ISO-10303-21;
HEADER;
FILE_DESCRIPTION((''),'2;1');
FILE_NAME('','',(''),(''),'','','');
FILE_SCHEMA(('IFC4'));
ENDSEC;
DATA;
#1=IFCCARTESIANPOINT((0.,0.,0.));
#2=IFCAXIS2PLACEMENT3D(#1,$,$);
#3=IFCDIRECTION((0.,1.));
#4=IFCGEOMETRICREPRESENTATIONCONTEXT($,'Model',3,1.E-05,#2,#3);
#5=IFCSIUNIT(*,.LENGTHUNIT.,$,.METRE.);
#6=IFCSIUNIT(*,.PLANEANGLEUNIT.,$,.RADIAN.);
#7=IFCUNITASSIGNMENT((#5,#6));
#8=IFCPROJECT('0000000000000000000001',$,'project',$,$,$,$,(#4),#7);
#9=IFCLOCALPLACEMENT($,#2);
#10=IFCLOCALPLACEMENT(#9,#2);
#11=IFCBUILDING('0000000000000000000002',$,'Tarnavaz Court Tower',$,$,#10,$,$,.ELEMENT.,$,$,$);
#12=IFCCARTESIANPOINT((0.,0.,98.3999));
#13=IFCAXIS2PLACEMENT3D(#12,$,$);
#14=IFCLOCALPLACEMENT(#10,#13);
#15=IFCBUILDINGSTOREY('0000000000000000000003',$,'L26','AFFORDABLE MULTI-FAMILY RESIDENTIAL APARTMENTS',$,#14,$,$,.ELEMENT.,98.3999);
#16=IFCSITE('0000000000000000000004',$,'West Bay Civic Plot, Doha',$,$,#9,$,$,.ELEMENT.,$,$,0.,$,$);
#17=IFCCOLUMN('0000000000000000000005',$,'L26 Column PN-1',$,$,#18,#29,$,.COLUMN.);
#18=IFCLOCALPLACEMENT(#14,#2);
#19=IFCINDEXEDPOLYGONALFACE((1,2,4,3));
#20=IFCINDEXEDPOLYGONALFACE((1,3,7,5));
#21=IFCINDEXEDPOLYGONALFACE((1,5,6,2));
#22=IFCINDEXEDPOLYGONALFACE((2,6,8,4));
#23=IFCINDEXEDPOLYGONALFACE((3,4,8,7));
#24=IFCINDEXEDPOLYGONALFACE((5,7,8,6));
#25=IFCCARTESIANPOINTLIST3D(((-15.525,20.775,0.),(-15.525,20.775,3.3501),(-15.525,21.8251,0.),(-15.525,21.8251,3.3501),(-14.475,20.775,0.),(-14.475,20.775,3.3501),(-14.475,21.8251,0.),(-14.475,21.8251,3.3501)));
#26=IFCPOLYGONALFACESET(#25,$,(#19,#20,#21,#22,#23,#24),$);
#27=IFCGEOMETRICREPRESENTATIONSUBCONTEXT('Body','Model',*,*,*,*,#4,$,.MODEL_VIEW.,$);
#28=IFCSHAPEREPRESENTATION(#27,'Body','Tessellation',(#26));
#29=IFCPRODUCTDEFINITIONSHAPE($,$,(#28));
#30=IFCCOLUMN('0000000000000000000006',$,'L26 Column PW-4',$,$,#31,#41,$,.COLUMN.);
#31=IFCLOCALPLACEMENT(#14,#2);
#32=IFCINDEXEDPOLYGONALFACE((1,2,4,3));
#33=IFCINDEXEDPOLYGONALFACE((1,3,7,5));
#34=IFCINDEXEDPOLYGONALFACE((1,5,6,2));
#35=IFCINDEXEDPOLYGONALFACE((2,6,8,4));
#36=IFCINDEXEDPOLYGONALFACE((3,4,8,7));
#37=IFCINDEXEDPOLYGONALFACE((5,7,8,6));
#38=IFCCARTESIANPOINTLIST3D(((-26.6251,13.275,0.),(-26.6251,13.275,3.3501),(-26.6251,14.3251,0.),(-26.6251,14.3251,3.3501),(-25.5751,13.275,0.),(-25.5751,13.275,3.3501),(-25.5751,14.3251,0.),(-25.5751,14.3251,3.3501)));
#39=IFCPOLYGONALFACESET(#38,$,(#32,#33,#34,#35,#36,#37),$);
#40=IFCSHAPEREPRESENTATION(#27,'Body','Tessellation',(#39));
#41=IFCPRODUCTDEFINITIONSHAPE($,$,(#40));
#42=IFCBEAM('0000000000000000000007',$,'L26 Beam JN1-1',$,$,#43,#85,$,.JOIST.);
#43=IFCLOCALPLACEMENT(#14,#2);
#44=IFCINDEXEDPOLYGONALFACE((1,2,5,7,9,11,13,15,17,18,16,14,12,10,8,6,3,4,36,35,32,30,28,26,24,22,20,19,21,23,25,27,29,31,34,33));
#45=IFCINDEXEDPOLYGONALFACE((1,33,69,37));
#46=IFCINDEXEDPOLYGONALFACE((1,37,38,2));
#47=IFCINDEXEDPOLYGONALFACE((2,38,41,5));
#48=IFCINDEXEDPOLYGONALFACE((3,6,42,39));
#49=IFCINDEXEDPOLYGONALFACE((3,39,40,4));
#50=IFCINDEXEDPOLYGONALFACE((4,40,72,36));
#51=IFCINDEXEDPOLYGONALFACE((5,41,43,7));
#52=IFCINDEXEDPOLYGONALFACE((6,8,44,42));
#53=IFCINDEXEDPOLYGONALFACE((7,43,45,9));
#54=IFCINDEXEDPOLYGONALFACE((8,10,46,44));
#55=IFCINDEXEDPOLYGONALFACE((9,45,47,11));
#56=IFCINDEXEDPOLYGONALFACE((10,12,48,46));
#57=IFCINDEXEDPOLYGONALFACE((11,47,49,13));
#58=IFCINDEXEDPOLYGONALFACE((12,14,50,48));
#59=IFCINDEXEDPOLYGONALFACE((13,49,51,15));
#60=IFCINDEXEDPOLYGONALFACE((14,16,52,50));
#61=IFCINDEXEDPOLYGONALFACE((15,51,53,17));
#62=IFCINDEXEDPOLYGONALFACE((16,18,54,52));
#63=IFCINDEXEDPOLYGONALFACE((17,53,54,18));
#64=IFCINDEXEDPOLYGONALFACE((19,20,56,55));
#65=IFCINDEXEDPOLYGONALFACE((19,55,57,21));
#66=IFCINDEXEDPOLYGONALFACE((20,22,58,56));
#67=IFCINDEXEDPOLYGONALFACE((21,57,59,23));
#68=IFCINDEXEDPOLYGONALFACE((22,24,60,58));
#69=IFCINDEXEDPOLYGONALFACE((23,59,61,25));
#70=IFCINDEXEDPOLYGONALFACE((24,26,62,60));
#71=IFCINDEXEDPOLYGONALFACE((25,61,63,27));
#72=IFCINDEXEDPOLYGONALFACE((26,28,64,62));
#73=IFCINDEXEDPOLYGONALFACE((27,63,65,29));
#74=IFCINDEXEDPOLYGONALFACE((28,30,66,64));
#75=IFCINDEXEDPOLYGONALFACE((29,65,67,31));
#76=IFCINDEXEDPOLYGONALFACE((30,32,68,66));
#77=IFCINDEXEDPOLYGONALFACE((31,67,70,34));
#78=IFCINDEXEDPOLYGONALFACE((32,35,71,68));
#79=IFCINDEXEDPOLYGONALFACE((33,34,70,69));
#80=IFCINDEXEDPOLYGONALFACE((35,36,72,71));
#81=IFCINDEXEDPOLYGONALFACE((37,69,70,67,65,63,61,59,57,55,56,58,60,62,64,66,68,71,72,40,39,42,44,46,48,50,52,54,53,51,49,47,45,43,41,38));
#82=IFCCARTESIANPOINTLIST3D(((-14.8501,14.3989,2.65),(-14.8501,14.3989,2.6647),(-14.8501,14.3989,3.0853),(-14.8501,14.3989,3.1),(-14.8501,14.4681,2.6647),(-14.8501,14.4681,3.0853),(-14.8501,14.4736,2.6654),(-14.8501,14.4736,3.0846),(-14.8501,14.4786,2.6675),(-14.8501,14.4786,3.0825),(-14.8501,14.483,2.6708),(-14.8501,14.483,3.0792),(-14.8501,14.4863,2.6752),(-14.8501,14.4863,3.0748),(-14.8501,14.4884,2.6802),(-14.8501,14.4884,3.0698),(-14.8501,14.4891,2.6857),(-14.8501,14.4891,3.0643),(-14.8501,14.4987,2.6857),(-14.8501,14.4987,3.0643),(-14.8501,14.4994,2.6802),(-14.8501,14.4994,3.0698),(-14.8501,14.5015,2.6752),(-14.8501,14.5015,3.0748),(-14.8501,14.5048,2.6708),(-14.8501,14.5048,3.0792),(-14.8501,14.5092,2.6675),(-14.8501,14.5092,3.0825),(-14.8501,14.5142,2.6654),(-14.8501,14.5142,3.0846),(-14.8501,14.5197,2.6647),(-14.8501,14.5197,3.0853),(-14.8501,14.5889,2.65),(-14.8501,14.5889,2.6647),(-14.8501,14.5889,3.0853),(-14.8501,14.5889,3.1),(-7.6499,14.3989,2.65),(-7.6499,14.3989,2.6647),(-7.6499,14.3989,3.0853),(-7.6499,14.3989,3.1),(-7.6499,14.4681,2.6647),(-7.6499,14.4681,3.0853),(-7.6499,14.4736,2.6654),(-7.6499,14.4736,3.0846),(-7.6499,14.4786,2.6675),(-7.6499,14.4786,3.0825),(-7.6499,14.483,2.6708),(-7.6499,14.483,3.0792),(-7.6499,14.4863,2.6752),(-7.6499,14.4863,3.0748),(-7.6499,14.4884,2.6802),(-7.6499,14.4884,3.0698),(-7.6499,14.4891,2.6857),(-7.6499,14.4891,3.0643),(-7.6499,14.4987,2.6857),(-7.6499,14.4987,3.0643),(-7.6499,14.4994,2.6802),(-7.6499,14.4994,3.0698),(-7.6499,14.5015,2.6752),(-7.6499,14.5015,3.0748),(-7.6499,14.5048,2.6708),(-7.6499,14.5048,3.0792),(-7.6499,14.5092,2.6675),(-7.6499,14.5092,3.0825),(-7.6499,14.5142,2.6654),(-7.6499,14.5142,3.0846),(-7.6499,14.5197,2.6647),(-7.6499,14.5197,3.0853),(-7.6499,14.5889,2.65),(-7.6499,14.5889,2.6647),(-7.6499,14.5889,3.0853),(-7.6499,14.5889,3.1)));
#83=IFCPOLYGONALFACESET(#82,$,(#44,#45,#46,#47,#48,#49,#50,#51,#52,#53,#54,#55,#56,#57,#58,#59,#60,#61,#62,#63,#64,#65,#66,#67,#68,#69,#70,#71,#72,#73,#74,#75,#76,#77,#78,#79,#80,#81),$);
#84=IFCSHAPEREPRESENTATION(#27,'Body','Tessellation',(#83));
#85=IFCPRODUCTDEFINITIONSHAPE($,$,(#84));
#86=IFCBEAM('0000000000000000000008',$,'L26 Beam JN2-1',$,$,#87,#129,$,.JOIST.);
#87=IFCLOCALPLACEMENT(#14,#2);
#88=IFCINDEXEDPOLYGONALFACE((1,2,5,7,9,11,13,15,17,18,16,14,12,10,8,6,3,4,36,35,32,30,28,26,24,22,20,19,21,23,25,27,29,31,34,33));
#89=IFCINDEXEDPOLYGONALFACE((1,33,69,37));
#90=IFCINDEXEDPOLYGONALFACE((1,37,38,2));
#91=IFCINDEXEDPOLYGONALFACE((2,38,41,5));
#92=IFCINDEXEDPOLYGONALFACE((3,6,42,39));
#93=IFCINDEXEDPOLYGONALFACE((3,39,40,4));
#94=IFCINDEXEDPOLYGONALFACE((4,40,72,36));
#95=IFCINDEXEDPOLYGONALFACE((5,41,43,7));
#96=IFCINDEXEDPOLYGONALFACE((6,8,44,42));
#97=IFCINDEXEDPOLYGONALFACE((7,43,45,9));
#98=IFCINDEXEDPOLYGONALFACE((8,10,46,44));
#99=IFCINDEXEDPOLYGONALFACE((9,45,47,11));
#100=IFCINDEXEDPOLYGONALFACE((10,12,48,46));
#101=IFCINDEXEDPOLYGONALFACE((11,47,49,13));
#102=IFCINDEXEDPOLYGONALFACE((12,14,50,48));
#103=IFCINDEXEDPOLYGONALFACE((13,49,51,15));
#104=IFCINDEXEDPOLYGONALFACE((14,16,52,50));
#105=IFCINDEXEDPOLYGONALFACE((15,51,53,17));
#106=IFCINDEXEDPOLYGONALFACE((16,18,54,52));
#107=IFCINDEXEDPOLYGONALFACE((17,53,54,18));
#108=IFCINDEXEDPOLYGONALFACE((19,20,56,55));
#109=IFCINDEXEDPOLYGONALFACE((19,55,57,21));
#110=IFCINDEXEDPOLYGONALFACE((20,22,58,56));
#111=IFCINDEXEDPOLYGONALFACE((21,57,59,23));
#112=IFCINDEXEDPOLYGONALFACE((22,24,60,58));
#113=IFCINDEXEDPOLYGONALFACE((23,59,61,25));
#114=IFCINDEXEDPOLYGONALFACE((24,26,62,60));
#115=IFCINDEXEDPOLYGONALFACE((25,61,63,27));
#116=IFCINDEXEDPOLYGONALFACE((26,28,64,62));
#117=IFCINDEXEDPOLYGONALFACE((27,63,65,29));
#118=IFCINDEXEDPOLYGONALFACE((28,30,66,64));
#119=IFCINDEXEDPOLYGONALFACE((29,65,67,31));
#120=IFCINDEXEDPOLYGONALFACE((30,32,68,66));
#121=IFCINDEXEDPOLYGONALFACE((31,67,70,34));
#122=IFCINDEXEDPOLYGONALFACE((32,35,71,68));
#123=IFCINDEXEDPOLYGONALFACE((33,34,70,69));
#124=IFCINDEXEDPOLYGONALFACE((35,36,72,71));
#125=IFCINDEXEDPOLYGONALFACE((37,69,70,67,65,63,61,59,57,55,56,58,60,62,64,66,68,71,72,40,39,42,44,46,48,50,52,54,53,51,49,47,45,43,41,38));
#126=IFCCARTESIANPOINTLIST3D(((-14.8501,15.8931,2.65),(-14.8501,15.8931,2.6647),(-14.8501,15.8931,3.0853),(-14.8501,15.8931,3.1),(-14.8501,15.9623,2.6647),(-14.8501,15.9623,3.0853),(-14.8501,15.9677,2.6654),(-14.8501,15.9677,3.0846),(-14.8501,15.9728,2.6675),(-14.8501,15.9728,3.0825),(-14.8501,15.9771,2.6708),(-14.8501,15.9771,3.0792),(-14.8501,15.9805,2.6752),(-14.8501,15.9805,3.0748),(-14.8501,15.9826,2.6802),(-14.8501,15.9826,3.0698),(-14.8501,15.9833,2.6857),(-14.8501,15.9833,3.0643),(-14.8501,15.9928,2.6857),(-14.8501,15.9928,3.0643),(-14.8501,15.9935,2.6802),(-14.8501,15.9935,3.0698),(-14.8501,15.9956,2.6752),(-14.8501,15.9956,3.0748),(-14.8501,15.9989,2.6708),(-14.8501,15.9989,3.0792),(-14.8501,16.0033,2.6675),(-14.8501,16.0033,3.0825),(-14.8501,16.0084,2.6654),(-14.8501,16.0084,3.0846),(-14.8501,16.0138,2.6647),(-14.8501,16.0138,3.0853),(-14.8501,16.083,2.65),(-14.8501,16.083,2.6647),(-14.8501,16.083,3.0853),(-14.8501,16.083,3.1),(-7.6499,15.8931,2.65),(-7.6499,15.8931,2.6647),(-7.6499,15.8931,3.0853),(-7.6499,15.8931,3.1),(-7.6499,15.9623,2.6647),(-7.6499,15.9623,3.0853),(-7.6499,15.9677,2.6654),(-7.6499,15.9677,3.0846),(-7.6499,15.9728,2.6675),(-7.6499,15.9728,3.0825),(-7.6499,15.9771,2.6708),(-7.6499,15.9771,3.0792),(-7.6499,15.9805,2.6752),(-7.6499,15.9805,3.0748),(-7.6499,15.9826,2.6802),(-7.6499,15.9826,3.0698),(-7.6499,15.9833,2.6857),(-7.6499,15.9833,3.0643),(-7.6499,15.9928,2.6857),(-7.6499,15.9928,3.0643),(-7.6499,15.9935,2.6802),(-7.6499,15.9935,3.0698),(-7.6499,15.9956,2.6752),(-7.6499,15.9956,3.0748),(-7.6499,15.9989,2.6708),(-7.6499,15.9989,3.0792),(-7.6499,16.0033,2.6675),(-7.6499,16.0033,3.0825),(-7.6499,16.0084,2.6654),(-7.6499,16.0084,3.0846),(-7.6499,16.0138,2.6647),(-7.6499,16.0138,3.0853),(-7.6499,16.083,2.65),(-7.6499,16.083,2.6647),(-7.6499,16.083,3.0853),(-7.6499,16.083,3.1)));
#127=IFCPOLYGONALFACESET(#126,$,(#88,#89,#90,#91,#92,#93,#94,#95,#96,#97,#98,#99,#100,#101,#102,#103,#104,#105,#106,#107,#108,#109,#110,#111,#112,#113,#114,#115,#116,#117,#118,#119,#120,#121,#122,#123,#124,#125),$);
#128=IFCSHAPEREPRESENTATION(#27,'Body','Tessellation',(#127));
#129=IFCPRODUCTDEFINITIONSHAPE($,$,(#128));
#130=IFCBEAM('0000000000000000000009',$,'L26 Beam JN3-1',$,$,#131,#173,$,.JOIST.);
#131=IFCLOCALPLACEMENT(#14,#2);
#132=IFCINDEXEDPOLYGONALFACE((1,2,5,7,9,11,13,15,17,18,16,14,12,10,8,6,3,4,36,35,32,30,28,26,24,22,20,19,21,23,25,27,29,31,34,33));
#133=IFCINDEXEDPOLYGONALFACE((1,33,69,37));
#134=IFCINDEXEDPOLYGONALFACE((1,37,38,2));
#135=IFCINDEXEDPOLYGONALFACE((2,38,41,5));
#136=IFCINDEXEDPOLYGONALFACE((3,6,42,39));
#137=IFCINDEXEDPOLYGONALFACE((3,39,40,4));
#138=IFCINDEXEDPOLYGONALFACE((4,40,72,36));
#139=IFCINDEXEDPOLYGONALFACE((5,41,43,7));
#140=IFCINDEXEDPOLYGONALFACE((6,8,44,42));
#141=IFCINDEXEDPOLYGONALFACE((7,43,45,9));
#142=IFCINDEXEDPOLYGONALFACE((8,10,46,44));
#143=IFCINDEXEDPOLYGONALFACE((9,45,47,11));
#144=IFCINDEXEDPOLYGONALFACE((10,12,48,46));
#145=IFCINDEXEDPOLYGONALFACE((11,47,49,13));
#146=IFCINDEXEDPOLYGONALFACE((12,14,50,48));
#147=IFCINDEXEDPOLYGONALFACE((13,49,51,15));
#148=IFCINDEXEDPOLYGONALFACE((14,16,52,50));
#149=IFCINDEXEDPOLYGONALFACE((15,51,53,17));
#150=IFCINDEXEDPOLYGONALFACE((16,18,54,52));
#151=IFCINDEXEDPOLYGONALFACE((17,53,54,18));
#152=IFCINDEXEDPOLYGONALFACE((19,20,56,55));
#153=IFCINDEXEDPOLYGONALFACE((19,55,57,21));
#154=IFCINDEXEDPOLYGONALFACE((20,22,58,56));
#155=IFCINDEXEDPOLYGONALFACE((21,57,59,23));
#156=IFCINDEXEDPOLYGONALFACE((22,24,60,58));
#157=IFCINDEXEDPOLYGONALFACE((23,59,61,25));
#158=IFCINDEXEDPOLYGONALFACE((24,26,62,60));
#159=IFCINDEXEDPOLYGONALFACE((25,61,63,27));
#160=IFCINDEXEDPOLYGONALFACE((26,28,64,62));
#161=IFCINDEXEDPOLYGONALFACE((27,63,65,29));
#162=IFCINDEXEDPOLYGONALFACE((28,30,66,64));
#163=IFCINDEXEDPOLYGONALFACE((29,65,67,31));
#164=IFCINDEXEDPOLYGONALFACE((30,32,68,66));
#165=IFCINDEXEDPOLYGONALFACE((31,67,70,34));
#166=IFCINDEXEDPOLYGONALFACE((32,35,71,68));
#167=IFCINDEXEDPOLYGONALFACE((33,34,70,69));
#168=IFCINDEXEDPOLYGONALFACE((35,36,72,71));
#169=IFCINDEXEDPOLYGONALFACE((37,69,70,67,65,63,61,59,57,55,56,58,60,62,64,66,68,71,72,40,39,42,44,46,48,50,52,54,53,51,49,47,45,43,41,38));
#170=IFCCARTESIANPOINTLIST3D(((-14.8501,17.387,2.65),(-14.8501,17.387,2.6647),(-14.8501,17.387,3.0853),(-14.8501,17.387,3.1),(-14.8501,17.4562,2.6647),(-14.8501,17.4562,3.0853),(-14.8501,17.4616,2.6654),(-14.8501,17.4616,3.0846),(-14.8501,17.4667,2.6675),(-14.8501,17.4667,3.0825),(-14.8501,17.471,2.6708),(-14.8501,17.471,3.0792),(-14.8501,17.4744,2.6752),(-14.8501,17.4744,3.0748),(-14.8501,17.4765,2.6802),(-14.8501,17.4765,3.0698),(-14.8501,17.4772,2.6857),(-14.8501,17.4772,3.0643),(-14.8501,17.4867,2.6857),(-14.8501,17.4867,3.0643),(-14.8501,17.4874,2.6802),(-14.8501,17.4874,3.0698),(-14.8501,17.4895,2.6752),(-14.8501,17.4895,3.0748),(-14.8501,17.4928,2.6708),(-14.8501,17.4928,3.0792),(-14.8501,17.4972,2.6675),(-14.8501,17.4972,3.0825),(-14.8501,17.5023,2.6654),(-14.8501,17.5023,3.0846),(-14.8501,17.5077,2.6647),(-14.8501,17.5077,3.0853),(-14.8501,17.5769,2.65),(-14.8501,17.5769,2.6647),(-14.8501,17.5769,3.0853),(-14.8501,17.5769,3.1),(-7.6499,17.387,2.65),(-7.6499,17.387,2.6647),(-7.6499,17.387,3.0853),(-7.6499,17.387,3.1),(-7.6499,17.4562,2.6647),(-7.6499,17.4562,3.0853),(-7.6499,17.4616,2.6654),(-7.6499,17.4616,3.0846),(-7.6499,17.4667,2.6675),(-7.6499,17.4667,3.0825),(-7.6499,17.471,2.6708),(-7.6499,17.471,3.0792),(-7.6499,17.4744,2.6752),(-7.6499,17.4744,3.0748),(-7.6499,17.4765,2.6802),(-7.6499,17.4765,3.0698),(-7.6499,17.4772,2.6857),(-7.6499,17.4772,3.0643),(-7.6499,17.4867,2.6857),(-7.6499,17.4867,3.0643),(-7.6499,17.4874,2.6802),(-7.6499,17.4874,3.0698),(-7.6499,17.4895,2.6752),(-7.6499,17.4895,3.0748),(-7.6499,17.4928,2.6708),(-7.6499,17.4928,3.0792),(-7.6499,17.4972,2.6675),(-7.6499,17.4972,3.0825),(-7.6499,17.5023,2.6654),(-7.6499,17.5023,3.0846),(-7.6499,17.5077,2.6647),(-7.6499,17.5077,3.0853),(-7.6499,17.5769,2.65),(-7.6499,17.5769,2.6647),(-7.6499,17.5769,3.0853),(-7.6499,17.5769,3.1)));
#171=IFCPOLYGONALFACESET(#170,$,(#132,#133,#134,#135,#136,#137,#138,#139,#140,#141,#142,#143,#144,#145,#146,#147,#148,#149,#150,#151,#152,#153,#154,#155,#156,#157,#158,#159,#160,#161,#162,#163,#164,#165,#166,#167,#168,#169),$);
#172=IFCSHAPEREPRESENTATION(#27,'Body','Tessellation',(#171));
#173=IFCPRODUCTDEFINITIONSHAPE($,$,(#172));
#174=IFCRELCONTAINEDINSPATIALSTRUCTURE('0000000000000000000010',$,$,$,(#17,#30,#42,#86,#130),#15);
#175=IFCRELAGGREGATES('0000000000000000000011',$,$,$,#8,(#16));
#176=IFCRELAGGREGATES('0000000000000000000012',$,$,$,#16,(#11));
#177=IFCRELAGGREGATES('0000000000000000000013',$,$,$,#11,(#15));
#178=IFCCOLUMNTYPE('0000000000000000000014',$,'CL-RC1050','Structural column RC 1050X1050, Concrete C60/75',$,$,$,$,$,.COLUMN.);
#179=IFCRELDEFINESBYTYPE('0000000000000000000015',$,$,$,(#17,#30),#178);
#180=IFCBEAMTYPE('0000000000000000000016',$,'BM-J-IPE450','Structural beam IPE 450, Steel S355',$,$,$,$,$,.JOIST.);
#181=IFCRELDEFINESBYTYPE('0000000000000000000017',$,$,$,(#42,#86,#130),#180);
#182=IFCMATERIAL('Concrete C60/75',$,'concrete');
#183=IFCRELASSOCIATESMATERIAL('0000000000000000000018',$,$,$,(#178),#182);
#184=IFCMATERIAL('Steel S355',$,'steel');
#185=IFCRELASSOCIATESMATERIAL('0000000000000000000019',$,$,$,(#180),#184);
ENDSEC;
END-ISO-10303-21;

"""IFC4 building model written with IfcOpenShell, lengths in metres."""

from ifc_helpers import new_model, si_unit, direction, frame, origin, origin_2d, place, context, subcontext, project, spatial, rectangle, i_section, extrude, material, material_profile, profile_set, type_object, element, save


model = new_model("IFC4")

# Units and contexts
model_context = context("Model", 3, precision=1e-05, world=origin(), true_north=direction((0.0, 1.0)))
body_context = subcontext(model_context, "Body", "Model", "MODEL_VIEW")
ifc_project = project(units=[si_unit("LENGTHUNIT", "METRE"), si_unit("PLANEANGLEUNIT", "RADIAN")], contexts=[model_context])

# Site, building, storey
site_placement = place(None, origin())
site = spatial("IfcSite", under=ifc_project, at=site_placement, Name="West Bay Civic Plot, Doha", CompositionType="ELEMENT", RefElevation=0.0)
building_placement = place(site_placement, origin())
building = spatial("IfcBuilding", under=site, at=building_placement, Name="Tarnavaz Court Tower", CompositionType="ELEMENT")
storey_placement = place(building_placement, frame((0.0, 0.0, 98.3999)))
storey = spatial("IfcBuildingStorey", under=building, at=storey_placement, Name="L26", Description="AFFORDABLE MULTI-FAMILY RESIDENTIAL APARTMENTS", CompositionType="ELEMENT", Elevation=98.3999)

# Columns
ifc_material_1 = material(Name="Concrete C60/75", Category="concrete")
ifc_material_profile_1 = material_profile(ifc_material_1, rectangle(XDim=1.05, YDim=1.05, at=origin_2d()), Name="RC 1050X1050")
ifc_profile_set_1 = profile_set([ifc_material_profile_1], Name="Concrete C60/75")
column_type = type_object("IfcColumnType", Name="CL-RC1050", Description="Structural column RC 1050X1050, Concrete C60/75", PredefinedType="COLUMN", material=ifc_profile_set_1)
for number, where, z_axis, x_axis, name in (
    (1, (-15.0, 21.3, 0.0), (0.0, 0.0, 1.0), (1.0, 0.0, 0.0), "L26 Column PN-1"),
    (2, (-26.1001, 13.8, 0.0), (0.0, 0.0, 1.0), (1.0, 0.0, 0.0), "L26 Column PW-4"),
):
    element("IfcColumn", number, at=place(storey_placement, frame(where, z_axis=z_axis, x_axis=x_axis)), inside=storey, type_object=column_type, Name=name, PredefinedType="COLUMN", context=body_context, shape_type="SweptSolid", body=[
        extrude(rectangle(XDim=1.05, YDim=1.05, at=origin_2d()), origin(), (0.0, 0.0, 1.0), 3.3501),
    ])

# Beams
ifc_material_2 = material(Name="Steel S355", Category="steel")
ifc_material_profile_2 = material_profile(ifc_material_2, i_section(OverallWidth=0.1899, OverallDepth=0.45, WebThickness=0.0095, FlangeThickness=0.0146, FilletRadius=0.021, at=origin_2d()), Name="IPE 450")
ifc_profile_set_2 = profile_set([ifc_material_profile_2], Name="Steel S355")
beam_type_1 = type_object("IfcBeamType", Name="BM-J-IPE450", Description="Structural beam IPE 450, Steel S355", PredefinedType="JOIST", material=ifc_profile_set_2)
for number, where, z_axis, x_axis, name in (
    (3, (-14.8501, 14.4939, 2.875), (1.0, 0.0, 0.0), (0.0, 1.0, 0.0), "L26 Beam JN1-1"),
    (4, (-14.8501, 15.988, 2.875), (1.0, 0.0, 0.0), (0.0, 1.0, 0.0), "L26 Beam JN2-1"),
    (5, (-14.8501, 17.4819, 2.875), (1.0, 0.0, 0.0), (0.0, 1.0, 0.0), "L26 Beam JN3-1"),
):
    element("IfcBeam", number, at=place(storey_placement, frame(where, z_axis=z_axis, x_axis=x_axis)), inside=storey, type_object=beam_type_1, Name=name, PredefinedType="JOIST", context=body_context, shape_type="SweptSolid", body=[
        extrude(i_section(OverallWidth=0.1899, OverallDepth=0.45, WebThickness=0.0095, FlangeThickness=0.0146, FilletRadius=0.021, at=origin_2d()), origin(), (0.0, 0.0, 1.0), 7.2002),
    ])

save(model, "model.ifc")
